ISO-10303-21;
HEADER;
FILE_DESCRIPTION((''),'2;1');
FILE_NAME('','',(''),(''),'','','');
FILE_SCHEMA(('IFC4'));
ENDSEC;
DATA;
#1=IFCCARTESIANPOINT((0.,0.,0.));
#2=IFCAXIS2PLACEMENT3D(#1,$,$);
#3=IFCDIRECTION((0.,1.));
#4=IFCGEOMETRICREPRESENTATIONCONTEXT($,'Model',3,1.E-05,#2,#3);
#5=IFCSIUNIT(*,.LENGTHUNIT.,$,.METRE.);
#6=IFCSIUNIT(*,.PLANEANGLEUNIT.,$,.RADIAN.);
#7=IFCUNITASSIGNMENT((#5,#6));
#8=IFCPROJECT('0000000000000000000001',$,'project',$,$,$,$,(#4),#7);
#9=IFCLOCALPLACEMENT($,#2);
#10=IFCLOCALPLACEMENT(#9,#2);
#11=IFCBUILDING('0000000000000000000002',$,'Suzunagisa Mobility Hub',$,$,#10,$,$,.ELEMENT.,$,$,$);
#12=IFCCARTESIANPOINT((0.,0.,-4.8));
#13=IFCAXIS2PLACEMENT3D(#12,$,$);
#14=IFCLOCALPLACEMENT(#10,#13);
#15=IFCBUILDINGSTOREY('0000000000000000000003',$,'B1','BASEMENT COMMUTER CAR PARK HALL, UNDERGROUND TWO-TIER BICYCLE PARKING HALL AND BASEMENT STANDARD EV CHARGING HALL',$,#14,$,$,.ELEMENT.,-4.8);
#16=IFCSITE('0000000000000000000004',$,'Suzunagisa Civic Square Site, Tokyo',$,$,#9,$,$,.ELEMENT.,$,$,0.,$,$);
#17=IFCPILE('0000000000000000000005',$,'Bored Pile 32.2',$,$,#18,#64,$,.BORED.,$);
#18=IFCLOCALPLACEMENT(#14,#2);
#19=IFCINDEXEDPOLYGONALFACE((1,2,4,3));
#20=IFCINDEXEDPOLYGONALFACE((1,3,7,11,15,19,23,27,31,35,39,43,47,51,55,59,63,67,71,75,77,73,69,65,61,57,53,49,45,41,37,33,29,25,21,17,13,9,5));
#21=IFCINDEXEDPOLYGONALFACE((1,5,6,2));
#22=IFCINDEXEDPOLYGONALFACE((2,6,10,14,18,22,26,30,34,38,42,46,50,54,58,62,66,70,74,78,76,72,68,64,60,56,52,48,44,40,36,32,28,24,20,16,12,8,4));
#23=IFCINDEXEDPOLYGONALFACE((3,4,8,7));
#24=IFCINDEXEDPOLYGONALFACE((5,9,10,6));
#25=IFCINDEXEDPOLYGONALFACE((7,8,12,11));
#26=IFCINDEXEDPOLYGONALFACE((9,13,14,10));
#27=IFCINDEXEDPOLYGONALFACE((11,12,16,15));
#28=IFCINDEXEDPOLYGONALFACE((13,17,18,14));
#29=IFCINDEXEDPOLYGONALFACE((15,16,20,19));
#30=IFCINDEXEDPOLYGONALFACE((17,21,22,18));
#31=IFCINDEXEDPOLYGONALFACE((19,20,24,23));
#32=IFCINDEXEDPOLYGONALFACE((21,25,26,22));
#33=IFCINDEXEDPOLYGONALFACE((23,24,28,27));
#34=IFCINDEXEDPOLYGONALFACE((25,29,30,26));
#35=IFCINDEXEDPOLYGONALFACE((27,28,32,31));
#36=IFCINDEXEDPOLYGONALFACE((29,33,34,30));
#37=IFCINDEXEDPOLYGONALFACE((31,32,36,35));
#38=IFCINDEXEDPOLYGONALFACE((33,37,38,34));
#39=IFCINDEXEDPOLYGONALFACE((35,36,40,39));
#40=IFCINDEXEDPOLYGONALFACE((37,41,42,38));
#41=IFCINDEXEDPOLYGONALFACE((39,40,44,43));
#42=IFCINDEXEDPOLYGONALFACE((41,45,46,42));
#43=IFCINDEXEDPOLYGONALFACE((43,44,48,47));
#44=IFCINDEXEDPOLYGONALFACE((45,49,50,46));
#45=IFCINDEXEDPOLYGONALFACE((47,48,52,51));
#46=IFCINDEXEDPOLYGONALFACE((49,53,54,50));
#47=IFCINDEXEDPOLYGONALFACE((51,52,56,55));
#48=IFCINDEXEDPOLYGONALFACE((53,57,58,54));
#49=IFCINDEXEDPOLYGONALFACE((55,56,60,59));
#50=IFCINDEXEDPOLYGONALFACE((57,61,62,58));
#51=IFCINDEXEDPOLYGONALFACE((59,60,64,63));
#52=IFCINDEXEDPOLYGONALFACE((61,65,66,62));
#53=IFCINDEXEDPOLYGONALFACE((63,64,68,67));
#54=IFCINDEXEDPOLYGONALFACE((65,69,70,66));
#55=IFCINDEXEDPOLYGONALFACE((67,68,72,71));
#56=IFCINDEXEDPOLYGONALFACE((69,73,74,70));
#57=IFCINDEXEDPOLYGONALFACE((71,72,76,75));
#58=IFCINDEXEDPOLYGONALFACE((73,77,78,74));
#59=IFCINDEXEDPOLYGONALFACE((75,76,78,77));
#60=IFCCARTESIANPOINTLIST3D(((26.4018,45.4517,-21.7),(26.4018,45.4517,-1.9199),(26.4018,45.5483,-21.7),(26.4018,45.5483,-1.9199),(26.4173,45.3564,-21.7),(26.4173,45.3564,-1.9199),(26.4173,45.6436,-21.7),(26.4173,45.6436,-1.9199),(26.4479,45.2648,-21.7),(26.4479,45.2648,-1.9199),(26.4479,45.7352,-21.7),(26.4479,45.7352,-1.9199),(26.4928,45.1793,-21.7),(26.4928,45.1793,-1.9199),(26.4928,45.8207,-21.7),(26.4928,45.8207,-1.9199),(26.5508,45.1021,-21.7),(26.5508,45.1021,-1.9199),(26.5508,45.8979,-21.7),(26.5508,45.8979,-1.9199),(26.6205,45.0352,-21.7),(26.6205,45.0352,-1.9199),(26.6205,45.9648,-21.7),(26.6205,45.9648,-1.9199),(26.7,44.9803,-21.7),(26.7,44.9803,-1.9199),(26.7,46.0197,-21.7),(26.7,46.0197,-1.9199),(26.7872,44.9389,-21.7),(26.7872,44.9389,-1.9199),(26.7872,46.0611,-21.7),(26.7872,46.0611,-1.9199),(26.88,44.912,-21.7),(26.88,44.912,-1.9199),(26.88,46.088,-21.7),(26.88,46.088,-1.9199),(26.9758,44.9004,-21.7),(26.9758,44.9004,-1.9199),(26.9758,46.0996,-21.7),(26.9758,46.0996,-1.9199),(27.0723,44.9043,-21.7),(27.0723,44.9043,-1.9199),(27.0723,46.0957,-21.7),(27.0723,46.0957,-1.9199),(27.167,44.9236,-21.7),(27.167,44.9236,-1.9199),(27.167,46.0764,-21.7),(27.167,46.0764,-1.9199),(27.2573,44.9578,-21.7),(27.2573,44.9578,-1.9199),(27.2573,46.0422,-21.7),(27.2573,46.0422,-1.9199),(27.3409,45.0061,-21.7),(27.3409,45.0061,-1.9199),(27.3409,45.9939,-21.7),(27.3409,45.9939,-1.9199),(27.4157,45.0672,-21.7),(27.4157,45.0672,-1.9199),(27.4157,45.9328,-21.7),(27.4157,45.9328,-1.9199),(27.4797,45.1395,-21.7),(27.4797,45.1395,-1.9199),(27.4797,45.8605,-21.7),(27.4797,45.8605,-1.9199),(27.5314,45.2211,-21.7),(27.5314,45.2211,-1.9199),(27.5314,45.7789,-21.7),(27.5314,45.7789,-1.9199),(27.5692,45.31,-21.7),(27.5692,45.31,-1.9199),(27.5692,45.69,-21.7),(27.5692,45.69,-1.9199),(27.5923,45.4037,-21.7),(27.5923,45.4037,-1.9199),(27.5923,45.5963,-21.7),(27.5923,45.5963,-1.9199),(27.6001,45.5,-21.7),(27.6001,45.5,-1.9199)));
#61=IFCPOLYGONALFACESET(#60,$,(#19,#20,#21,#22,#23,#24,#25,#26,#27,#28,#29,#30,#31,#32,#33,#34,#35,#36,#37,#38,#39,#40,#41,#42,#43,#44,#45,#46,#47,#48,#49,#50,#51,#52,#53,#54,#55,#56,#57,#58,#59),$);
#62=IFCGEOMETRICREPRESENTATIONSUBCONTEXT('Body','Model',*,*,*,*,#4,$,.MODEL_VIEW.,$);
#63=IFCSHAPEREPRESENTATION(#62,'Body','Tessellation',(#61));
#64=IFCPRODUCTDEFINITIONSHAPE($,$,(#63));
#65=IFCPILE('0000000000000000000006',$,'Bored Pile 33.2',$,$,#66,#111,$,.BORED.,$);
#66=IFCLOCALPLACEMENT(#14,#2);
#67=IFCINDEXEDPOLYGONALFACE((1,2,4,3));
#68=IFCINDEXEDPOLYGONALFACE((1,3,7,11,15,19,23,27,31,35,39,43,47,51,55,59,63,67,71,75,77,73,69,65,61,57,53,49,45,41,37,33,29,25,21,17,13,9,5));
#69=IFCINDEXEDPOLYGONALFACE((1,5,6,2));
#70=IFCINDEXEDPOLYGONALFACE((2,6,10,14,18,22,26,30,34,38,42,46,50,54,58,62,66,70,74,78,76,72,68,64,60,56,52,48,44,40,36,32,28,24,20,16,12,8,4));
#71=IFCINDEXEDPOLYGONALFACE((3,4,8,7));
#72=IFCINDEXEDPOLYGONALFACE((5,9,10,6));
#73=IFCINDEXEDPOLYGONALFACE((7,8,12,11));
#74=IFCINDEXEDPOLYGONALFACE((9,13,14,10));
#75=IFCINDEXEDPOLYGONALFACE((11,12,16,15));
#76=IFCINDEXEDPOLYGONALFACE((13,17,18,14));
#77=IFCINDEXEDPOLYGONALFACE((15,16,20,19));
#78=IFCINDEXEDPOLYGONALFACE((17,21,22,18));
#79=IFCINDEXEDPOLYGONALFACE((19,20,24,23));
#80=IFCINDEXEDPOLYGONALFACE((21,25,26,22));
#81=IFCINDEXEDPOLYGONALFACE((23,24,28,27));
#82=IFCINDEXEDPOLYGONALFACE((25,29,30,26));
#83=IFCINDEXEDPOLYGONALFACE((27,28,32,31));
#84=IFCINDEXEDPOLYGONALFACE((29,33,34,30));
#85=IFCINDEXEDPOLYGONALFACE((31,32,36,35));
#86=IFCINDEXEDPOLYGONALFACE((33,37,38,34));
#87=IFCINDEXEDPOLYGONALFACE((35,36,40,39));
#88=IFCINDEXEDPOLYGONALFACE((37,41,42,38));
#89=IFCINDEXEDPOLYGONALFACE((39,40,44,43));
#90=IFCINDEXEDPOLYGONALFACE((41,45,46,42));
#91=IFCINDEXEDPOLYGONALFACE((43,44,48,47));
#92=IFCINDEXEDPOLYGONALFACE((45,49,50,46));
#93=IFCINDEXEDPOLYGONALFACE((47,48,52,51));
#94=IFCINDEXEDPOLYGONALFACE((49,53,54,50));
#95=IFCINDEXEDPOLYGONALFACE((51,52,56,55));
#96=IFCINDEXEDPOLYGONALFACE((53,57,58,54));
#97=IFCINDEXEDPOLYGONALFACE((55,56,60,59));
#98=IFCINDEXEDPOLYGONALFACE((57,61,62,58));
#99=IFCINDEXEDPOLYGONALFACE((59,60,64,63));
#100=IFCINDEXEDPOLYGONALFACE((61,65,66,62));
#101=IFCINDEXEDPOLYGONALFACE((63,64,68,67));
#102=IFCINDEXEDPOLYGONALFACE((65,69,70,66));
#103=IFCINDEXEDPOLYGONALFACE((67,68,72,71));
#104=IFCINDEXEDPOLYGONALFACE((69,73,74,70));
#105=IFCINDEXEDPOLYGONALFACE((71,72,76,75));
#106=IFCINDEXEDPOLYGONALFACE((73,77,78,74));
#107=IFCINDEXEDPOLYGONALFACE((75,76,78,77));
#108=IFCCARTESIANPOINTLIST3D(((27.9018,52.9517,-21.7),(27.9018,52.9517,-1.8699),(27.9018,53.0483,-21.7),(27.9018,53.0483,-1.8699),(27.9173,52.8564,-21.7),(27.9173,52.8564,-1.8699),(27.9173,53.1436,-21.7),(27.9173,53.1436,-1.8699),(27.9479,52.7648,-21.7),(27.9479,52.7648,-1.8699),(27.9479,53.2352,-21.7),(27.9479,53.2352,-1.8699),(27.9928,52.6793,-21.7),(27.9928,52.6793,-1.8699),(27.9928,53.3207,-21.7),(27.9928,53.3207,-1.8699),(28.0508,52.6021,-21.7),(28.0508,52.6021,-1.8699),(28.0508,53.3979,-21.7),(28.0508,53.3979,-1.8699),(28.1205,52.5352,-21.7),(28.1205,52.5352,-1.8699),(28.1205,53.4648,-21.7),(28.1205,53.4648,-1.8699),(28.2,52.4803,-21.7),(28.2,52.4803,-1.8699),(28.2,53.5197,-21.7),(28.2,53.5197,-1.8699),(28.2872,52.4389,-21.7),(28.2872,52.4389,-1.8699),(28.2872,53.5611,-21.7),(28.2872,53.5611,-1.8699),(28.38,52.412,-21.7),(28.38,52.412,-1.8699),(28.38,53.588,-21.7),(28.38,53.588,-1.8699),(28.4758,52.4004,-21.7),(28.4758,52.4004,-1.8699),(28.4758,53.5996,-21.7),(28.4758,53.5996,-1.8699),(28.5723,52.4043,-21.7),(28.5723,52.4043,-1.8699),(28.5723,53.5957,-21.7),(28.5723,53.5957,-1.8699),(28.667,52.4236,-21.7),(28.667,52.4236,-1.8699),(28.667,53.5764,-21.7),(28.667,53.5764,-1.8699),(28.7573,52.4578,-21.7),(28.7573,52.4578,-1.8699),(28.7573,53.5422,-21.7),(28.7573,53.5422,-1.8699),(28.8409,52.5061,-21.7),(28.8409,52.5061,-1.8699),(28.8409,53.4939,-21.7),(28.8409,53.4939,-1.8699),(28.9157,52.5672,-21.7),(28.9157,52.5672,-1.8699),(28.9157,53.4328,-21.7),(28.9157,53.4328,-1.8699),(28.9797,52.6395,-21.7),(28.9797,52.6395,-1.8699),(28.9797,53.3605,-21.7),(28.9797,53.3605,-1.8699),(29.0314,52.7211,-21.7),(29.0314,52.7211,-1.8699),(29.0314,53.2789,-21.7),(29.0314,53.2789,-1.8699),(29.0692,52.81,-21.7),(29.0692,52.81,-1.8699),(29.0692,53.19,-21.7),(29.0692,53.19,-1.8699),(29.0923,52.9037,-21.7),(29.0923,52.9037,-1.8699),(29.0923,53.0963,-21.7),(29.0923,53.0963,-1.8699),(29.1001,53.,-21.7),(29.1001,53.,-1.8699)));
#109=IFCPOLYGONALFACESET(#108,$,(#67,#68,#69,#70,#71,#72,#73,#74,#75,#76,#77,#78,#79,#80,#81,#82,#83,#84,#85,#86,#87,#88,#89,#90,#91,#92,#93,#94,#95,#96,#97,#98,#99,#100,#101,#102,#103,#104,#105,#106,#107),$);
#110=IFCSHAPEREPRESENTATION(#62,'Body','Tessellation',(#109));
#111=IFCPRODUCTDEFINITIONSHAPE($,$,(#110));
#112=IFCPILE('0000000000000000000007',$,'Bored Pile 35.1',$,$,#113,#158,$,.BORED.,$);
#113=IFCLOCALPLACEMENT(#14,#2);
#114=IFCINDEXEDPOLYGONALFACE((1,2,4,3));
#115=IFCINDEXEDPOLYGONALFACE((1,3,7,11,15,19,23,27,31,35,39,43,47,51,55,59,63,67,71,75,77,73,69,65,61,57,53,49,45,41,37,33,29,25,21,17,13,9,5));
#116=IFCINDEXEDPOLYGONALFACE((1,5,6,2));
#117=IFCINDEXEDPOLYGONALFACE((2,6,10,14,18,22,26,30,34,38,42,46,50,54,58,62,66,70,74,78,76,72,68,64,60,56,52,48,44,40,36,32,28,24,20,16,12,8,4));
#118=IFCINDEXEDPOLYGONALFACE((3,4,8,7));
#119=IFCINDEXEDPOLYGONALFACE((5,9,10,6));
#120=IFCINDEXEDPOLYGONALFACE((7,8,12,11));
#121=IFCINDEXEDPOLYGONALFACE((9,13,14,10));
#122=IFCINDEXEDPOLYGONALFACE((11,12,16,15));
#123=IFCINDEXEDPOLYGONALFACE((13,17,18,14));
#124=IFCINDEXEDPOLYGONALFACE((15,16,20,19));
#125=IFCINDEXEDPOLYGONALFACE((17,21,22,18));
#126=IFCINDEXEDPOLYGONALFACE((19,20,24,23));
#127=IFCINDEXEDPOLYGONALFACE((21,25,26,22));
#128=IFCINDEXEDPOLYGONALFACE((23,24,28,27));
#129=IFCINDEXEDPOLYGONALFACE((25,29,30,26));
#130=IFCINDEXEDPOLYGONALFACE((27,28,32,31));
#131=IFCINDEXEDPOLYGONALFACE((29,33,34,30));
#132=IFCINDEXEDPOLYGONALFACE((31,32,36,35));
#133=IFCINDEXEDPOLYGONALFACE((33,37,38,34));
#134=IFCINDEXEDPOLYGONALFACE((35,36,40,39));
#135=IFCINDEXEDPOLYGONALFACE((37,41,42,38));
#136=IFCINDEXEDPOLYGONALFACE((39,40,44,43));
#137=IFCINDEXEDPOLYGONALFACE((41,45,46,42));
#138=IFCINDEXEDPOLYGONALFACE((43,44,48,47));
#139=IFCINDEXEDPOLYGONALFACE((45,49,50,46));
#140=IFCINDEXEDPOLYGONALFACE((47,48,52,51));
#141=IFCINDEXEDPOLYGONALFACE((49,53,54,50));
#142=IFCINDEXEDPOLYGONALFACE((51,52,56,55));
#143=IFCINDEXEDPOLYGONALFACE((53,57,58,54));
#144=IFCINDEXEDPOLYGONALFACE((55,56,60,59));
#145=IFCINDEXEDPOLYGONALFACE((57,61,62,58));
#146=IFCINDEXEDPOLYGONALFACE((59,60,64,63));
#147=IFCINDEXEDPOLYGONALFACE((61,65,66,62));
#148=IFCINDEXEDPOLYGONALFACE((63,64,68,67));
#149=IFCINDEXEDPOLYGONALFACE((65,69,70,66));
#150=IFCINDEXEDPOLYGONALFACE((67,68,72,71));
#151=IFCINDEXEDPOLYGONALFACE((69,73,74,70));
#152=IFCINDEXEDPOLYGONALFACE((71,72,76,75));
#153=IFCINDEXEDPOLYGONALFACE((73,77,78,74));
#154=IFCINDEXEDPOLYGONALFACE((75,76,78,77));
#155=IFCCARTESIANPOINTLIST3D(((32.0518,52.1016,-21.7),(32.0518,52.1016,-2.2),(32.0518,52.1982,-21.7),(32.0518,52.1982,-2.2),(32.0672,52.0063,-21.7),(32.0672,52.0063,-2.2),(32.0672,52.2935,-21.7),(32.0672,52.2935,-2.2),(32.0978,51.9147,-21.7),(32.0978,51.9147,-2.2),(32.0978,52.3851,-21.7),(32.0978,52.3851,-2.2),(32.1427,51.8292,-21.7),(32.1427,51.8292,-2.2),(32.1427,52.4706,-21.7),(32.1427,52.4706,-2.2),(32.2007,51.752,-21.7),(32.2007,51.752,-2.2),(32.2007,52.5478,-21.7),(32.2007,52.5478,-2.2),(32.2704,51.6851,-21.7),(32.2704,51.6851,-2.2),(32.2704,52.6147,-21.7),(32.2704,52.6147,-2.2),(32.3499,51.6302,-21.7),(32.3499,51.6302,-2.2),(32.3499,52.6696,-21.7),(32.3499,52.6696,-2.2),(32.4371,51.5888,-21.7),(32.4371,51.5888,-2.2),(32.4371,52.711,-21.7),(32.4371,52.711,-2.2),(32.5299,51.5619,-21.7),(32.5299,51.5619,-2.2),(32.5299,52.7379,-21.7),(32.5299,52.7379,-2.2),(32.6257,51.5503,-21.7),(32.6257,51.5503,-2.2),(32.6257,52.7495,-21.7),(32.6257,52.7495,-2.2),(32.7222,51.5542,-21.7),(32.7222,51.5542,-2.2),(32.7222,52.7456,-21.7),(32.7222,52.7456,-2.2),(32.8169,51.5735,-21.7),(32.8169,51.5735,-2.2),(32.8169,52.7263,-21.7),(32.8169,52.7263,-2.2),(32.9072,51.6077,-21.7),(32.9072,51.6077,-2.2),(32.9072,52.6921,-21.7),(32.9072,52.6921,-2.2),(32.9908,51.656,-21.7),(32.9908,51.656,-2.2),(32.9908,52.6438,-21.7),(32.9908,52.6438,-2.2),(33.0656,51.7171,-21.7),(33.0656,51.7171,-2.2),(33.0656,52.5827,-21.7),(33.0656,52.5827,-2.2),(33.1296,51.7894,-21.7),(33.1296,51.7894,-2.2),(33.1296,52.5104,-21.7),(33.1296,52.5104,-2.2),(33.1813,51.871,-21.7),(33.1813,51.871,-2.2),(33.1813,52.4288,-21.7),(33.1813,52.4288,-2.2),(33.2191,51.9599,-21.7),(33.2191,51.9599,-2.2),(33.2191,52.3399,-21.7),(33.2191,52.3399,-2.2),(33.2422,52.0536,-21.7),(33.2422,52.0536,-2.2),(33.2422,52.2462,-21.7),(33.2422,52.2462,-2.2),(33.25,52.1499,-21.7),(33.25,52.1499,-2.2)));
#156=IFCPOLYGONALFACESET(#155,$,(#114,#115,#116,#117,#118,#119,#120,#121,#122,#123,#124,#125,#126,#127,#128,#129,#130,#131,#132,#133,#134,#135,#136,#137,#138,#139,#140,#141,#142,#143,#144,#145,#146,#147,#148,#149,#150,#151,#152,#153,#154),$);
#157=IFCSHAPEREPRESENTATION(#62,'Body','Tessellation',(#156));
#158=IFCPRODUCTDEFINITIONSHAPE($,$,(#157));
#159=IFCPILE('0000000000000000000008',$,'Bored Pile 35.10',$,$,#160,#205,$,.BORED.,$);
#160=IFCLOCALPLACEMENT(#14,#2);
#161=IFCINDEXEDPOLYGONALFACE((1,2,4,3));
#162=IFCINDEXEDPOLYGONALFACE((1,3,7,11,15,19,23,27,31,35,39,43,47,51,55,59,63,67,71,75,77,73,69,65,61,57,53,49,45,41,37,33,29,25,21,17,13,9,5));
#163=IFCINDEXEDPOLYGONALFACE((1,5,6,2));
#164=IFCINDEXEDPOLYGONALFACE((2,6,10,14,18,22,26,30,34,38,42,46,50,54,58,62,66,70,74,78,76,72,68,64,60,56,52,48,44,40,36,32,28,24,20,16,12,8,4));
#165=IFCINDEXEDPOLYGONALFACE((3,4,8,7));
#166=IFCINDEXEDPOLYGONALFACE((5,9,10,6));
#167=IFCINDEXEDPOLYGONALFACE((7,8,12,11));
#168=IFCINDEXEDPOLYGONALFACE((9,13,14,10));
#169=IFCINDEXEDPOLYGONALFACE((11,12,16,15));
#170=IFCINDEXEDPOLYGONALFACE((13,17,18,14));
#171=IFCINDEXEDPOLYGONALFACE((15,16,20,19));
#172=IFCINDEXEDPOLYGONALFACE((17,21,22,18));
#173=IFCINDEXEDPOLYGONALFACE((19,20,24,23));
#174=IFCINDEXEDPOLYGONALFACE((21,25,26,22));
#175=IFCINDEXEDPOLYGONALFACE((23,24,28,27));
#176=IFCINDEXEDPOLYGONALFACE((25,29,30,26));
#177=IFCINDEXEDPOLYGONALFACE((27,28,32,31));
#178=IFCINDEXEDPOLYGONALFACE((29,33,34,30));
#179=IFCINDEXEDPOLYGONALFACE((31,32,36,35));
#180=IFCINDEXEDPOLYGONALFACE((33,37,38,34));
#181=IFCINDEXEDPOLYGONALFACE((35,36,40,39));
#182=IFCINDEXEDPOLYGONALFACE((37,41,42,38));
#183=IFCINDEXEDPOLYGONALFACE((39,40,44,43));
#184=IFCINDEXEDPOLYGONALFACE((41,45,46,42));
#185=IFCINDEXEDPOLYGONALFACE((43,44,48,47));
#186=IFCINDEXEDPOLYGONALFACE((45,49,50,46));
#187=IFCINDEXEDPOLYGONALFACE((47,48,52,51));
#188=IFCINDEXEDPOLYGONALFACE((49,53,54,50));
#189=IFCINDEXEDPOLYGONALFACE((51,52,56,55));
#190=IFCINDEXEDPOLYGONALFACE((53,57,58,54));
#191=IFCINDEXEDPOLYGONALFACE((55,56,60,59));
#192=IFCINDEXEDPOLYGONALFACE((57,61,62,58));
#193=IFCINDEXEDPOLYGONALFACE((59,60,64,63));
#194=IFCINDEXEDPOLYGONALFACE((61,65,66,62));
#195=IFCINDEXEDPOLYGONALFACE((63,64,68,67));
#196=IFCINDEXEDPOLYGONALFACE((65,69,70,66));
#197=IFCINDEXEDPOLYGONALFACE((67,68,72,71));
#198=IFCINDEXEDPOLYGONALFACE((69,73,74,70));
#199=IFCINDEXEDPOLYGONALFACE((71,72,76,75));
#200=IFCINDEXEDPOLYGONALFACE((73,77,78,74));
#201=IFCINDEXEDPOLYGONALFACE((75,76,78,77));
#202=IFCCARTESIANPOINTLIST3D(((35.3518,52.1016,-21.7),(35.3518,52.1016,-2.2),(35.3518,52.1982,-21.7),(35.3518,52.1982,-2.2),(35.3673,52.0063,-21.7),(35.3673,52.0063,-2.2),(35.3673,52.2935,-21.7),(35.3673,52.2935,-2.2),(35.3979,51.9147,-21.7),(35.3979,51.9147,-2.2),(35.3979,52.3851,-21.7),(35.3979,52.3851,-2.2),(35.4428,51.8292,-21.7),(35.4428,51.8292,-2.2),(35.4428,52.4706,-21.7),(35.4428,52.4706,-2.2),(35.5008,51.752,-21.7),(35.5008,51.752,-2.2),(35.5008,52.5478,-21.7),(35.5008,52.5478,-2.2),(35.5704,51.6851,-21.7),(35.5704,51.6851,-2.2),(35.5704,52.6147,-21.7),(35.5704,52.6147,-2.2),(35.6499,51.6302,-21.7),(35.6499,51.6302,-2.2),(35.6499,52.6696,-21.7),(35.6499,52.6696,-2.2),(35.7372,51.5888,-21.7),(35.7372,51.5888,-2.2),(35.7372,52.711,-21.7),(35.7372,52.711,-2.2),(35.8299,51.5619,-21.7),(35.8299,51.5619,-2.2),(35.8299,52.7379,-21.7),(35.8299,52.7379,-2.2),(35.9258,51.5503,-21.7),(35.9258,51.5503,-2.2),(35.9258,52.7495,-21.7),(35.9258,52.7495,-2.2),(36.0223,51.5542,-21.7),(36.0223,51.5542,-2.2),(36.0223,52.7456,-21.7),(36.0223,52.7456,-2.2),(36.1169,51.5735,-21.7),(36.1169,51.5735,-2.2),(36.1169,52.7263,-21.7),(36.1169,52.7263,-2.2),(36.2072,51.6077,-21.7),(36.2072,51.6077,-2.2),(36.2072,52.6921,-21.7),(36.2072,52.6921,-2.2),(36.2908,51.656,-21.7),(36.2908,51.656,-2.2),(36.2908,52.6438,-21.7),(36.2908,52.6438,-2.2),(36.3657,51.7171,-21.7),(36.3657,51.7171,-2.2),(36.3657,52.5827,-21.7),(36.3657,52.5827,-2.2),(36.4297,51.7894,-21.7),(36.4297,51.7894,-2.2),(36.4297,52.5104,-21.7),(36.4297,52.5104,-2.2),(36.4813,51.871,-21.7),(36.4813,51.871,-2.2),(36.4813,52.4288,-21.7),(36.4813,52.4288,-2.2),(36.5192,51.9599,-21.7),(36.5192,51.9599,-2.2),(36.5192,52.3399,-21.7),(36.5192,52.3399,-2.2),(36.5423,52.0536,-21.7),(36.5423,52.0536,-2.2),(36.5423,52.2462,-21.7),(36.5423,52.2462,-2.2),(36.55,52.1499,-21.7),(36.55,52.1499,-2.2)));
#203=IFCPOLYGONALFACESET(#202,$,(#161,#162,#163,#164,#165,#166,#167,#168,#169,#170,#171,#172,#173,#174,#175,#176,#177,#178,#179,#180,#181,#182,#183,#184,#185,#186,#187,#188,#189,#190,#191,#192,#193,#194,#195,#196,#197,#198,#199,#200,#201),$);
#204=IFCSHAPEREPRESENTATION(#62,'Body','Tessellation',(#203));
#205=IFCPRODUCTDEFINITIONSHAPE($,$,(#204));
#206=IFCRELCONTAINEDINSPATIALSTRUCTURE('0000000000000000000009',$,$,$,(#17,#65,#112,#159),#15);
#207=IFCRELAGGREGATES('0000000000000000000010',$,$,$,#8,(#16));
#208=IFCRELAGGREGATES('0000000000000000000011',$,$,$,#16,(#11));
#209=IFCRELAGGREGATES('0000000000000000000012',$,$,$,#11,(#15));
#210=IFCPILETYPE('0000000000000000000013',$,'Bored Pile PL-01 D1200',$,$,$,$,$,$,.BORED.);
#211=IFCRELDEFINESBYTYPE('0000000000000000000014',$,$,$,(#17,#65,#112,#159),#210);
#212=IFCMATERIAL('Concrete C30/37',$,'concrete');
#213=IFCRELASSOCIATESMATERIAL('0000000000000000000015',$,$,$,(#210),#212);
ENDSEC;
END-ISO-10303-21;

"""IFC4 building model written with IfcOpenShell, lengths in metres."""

from ifc_helpers import new_model, si_unit, direction, frame, origin, origin_2d, place, context, subcontext, project, spatial, circle, extrude, material, material_profile, profile_set, type_object, element, save


model = new_model("IFC4")

# Units and contexts
model_context = context("Model", 3, precision=1e-05, world=origin(), true_north=direction((0.0, 1.0)))
body_context = subcontext(model_context, "Body", "Model", "MODEL_VIEW")
ifc_project = project(units=[si_unit("LENGTHUNIT", "METRE"), si_unit("PLANEANGLEUNIT", "RADIAN")], contexts=[model_context])

# Site, building, storey
site_placement = place(None, origin())
site = spatial("IfcSite", under=ifc_project, at=site_placement, Name="Suzunagisa Civic Square Site, Tokyo", CompositionType="ELEMENT", RefElevation=0.0)
building_placement = place(site_placement, origin())
building = spatial("IfcBuilding", under=site, at=building_placement, Name="Suzunagisa Mobility Hub", CompositionType="ELEMENT")
storey_placement = place(building_placement, frame((0.0, 0.0, -4.8)))
storey = spatial("IfcBuildingStorey", under=building, at=storey_placement, Name="B1", Description="BASEMENT COMMUTER CAR PARK HALL, UNDERGROUND TWO-TIER BICYCLE PARKING HALL AND BASEMENT STANDARD EV CHARGING HALL", CompositionType="ELEMENT", Elevation=-4.8)

# Piles
ifc_material_1 = material(Name="Concrete C30/37", Category="concrete")
ifc_material_profile_1 = material_profile(ifc_material_1, circle(Radius=0.6001, at=origin_2d()), Name="BORED PILE D1200")
ifc_profile_set_1 = profile_set([ifc_material_profile_1], Name="Concrete C30/37")
pile_type = type_object("IfcPileType", Name="Bored Pile PL-01 D1200", PredefinedType="BORED", material=ifc_profile_set_1)
pile_1_placement = place(storey_placement, frame((27.0, 45.5, -1.9199), z_axis=(0.0, 0.0, -1.0), x_axis=(1.0, 0.0, 0.0)))
element("IfcPile", 1, at=pile_1_placement, inside=storey, type_object=pile_type, Name="Bored Pile 32.2", PredefinedType="BORED", context=body_context, shape_type="SweptSolid", body=[
    extrude(circle(Radius=0.6001, at=origin_2d()), origin(), (0.0, 0.0, 1.0), 19.78),
])
pile_2_placement = place(storey_placement, frame((28.5, 53.0, -1.8699), z_axis=(0.0, 0.0, -1.0), x_axis=(1.0, 0.0, 0.0)))
element("IfcPile", 2, at=pile_2_placement, inside=storey, type_object=pile_type, Name="Bored Pile 33.2", PredefinedType="BORED", context=body_context, shape_type="SweptSolid", body=[
    extrude(circle(Radius=0.6001, at=origin_2d()), origin(), (0.0, 0.0, 1.0), 19.8301),
])
for number, where, z_axis, x_axis, name in (
    (3, (32.6499, 52.1499, -2.2), (0.0, 0.0, -1.0), (1.0, 0.0, 0.0), "Bored Pile 35.1"),
    (4, (35.95, 52.1499, -2.2), (0.0, 0.0, -1.0), (1.0, 0.0, 0.0), "Bored Pile 35.10"),
):
    element("IfcPile", number, at=place(storey_placement, frame(where, z_axis=z_axis, x_axis=x_axis)), inside=storey, type_object=pile_type, Name=name, PredefinedType="BORED", context=body_context, shape_type="SweptSolid", body=[
        extrude(circle(Radius=0.6001, at=origin_2d()), origin(), (0.0, 0.0, 1.0), 19.5),
    ])

save(model, "model.ifc")
